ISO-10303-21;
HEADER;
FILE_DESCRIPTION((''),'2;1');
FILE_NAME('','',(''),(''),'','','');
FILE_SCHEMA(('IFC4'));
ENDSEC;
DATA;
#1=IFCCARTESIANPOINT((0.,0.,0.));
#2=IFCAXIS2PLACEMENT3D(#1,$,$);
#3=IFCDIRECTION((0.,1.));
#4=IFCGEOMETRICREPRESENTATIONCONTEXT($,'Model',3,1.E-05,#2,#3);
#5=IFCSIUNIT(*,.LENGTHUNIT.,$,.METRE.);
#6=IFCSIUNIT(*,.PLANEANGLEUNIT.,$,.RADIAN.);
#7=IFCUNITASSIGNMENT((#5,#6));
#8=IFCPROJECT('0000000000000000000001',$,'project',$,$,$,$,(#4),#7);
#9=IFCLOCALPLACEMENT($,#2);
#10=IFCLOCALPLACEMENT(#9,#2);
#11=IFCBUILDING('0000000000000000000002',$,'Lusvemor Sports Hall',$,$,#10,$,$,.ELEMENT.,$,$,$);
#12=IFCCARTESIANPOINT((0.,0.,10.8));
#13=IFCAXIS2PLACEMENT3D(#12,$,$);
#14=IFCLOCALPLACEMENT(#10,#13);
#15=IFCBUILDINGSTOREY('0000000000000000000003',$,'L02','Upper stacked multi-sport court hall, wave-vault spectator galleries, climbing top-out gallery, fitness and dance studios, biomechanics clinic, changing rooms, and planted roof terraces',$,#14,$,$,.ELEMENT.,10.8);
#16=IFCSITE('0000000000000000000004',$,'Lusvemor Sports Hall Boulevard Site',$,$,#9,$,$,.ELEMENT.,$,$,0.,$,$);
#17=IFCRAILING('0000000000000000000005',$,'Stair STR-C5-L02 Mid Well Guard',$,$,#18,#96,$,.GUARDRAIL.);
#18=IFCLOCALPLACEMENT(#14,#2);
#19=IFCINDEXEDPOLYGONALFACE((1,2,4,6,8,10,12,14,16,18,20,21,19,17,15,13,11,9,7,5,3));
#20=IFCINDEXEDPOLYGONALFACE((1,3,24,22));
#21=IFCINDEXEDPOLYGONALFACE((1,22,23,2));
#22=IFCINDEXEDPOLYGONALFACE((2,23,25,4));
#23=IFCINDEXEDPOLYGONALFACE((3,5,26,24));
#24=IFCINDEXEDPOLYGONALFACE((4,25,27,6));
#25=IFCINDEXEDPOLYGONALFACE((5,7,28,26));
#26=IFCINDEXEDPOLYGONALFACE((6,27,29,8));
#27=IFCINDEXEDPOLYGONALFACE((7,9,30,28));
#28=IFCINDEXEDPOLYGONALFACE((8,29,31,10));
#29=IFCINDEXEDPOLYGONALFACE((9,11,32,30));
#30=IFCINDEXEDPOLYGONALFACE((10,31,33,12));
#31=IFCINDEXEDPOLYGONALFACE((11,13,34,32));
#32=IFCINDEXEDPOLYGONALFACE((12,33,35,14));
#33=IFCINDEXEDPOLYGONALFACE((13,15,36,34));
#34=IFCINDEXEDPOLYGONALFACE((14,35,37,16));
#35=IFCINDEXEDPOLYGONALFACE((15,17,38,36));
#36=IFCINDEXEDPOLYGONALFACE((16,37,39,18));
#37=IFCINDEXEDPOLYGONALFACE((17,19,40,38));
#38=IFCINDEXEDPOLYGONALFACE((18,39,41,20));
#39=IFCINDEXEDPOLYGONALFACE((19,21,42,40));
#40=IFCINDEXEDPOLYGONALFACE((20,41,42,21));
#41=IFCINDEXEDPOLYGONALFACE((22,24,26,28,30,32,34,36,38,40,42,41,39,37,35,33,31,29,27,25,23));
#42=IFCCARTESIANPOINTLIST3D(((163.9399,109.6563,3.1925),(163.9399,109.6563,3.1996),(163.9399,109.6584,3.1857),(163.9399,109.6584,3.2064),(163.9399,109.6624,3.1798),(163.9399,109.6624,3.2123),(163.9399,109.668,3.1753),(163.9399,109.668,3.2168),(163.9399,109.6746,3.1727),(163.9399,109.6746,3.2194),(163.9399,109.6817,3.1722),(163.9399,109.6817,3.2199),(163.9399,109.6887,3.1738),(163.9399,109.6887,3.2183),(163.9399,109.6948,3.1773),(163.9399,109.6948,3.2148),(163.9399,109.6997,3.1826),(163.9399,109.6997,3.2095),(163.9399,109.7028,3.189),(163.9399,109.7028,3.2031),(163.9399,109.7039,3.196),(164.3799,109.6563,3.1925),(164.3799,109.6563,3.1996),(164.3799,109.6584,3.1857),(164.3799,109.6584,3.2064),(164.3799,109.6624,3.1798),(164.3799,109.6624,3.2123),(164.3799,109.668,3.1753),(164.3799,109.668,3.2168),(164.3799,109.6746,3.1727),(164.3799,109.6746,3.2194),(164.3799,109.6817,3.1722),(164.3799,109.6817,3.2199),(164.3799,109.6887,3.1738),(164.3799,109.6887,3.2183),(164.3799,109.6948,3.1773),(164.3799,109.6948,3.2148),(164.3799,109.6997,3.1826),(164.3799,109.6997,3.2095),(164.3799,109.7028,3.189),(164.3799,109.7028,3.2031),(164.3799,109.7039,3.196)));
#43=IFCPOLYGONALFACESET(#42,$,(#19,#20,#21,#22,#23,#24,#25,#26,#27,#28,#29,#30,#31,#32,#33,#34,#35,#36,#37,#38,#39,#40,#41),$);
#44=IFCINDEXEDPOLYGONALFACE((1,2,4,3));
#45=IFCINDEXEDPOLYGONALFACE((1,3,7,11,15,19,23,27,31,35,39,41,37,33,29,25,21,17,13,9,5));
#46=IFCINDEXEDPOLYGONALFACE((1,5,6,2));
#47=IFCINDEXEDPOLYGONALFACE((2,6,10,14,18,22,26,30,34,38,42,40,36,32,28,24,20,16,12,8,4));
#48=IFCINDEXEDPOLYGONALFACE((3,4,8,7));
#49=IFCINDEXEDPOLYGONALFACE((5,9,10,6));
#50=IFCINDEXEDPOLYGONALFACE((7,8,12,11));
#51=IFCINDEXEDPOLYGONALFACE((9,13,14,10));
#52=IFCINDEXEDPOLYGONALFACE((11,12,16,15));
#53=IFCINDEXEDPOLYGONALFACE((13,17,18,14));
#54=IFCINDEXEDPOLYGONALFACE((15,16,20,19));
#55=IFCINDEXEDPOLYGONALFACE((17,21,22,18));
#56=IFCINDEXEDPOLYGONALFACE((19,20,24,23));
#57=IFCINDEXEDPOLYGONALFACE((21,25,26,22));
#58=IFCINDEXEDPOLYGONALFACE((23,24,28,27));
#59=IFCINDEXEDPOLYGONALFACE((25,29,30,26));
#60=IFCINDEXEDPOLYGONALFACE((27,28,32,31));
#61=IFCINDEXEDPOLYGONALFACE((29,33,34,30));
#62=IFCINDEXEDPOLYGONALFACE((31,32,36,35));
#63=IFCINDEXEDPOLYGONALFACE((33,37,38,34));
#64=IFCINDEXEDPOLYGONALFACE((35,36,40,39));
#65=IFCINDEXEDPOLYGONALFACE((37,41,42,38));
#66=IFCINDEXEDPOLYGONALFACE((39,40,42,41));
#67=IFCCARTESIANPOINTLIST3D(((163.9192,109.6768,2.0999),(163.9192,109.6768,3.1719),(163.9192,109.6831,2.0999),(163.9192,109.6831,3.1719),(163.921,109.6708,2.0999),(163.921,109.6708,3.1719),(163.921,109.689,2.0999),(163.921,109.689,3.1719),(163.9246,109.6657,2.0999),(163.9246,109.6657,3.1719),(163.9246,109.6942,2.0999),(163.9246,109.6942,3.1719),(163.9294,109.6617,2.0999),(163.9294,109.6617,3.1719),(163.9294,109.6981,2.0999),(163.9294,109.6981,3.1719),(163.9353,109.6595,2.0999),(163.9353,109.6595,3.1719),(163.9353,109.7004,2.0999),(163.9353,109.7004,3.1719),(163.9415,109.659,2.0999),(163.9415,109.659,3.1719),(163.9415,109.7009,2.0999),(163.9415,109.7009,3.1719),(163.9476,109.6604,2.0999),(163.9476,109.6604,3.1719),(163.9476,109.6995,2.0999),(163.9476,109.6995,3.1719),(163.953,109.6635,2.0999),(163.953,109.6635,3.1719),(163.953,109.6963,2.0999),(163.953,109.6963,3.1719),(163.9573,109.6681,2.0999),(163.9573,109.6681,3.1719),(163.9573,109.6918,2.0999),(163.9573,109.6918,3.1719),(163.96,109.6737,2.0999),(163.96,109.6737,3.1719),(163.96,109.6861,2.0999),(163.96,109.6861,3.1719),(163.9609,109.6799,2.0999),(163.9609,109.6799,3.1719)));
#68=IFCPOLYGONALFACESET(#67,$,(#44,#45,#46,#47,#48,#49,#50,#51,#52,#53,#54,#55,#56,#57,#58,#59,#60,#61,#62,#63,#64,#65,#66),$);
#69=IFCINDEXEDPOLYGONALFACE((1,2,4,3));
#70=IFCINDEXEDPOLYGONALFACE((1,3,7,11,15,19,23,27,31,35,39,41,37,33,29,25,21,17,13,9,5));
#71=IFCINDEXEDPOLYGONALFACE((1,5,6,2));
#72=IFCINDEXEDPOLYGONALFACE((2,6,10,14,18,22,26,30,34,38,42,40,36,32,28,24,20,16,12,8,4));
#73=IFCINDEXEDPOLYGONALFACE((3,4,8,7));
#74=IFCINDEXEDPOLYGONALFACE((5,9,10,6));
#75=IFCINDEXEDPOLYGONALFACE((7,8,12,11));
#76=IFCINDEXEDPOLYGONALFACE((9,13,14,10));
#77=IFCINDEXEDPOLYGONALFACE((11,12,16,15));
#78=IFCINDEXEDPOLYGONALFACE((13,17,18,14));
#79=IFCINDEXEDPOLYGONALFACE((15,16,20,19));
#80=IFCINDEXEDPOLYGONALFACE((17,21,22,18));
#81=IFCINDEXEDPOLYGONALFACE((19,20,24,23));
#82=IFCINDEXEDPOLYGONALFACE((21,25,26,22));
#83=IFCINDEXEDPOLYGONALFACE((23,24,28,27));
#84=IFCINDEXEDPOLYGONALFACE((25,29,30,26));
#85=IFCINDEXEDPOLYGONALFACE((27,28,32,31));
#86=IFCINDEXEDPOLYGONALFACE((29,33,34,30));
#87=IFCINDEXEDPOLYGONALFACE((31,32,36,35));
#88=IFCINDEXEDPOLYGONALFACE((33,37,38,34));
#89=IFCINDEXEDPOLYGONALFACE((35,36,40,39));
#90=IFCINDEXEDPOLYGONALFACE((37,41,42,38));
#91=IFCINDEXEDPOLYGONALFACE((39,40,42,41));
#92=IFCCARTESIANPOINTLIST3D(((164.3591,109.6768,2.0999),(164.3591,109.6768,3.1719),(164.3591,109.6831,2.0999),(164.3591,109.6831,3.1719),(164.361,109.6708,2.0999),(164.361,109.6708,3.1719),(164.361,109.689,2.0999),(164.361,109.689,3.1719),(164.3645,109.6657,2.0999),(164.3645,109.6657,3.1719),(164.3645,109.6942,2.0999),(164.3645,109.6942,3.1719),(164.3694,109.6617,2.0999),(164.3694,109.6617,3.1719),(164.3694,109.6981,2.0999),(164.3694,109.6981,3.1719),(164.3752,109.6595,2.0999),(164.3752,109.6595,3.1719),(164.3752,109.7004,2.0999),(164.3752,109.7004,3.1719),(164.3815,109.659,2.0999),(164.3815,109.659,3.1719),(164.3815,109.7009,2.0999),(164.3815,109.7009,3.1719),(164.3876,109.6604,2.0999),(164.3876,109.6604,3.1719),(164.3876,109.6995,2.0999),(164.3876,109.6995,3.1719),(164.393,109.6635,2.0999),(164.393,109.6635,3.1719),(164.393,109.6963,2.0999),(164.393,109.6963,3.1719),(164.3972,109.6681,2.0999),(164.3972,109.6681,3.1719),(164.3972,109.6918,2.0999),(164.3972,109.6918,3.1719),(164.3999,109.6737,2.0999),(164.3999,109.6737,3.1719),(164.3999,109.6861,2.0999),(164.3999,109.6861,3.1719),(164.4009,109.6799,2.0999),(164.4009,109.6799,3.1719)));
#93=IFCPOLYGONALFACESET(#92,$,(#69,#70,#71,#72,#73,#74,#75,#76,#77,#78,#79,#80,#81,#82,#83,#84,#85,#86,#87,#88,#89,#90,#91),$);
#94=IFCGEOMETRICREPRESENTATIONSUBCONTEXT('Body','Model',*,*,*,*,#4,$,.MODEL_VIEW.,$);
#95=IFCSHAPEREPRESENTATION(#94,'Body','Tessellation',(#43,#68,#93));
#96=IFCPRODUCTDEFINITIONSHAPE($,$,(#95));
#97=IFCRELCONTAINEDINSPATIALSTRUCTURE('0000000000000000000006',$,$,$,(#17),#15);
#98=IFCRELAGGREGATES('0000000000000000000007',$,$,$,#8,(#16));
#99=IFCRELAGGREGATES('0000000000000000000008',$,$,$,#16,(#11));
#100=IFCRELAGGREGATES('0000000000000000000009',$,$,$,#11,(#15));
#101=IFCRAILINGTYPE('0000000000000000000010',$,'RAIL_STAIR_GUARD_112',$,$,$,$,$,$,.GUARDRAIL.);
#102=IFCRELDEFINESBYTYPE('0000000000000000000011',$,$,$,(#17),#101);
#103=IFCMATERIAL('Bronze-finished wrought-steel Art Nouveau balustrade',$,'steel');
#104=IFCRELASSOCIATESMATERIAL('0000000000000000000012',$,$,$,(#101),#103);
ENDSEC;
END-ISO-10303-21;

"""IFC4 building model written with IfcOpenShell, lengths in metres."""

from ifc_helpers import new_model, si_unit, direction, frame, origin, origin_2d, place, context, subcontext, project, spatial, circle, extrude, material, type_object, element, save


model = new_model("IFC4")

# Units and contexts
model_context = context("Model", 3, precision=1e-05, world=origin(), true_north=direction((0.0, 1.0)))
body_context = subcontext(model_context, "Body", "Model", "MODEL_VIEW")
ifc_project = project(units=[si_unit("LENGTHUNIT", "METRE"), si_unit("PLANEANGLEUNIT", "RADIAN")], contexts=[model_context])

# Site, building, storey
site_placement = place(None, origin())
site = spatial("IfcSite", under=ifc_project, at=site_placement, Name="Lusvemor Sports Hall Boulevard Site", CompositionType="ELEMENT", RefElevation=0.0)
building_placement = place(site_placement, origin())
building = spatial("IfcBuilding", under=site, at=building_placement, Name="Lusvemor Sports Hall", CompositionType="ELEMENT")
storey_placement = place(building_placement, frame((0.0, 0.0, 10.8)))
storey = spatial("IfcBuildingStorey", under=building, at=storey_placement, Name="L02", Description="Upper stacked multi-sport court hall, wave-vault spectator galleries, climbing top-out gallery, fitness and dance studios, biomechanics clinic, changing rooms, and planted roof terraces", CompositionType="ELEMENT", Elevation=10.8)

# Railing
ifc_material_1 = material(Name="Bronze-finished wrought-steel Art Nouveau balustrade", Category="steel")
railing_type_1 = type_object("IfcRailingType", Name="RAIL_STAIR_GUARD_112", PredefinedType="GUARDRAIL", material=ifc_material_1)
railing_1_placement = place(storey_placement, frame((163.9399, 109.6799, 2.0999)))
element("IfcRailing", 1, at=railing_1_placement, inside=storey, type_object=railing_type_1, Name="Stair STR-C5-L02 Mid Well Guard", PredefinedType="GUARDRAIL", context=body_context, shape_type="SweptSolid", body=[
    extrude(circle(Radius=0.0239, at=origin_2d()), frame((0.0, 0.0, 1.0962), z_axis=(1.0, 0.0, 0.0), x_axis=(0.0, 1.0, 0.0)), (0.0, 0.0, 1.0), 0.4399),
    extrude(circle(Radius=0.021, at=origin_2d()), origin(), (0.0, 0.0, 1.0), 1.072),
    extrude(circle(Radius=0.021, at=origin_2d()), frame((0.4399, 0.0, 0.0)), (0.0, 0.0, 1.0), 1.072),
])

save(model, "model.ifc")
